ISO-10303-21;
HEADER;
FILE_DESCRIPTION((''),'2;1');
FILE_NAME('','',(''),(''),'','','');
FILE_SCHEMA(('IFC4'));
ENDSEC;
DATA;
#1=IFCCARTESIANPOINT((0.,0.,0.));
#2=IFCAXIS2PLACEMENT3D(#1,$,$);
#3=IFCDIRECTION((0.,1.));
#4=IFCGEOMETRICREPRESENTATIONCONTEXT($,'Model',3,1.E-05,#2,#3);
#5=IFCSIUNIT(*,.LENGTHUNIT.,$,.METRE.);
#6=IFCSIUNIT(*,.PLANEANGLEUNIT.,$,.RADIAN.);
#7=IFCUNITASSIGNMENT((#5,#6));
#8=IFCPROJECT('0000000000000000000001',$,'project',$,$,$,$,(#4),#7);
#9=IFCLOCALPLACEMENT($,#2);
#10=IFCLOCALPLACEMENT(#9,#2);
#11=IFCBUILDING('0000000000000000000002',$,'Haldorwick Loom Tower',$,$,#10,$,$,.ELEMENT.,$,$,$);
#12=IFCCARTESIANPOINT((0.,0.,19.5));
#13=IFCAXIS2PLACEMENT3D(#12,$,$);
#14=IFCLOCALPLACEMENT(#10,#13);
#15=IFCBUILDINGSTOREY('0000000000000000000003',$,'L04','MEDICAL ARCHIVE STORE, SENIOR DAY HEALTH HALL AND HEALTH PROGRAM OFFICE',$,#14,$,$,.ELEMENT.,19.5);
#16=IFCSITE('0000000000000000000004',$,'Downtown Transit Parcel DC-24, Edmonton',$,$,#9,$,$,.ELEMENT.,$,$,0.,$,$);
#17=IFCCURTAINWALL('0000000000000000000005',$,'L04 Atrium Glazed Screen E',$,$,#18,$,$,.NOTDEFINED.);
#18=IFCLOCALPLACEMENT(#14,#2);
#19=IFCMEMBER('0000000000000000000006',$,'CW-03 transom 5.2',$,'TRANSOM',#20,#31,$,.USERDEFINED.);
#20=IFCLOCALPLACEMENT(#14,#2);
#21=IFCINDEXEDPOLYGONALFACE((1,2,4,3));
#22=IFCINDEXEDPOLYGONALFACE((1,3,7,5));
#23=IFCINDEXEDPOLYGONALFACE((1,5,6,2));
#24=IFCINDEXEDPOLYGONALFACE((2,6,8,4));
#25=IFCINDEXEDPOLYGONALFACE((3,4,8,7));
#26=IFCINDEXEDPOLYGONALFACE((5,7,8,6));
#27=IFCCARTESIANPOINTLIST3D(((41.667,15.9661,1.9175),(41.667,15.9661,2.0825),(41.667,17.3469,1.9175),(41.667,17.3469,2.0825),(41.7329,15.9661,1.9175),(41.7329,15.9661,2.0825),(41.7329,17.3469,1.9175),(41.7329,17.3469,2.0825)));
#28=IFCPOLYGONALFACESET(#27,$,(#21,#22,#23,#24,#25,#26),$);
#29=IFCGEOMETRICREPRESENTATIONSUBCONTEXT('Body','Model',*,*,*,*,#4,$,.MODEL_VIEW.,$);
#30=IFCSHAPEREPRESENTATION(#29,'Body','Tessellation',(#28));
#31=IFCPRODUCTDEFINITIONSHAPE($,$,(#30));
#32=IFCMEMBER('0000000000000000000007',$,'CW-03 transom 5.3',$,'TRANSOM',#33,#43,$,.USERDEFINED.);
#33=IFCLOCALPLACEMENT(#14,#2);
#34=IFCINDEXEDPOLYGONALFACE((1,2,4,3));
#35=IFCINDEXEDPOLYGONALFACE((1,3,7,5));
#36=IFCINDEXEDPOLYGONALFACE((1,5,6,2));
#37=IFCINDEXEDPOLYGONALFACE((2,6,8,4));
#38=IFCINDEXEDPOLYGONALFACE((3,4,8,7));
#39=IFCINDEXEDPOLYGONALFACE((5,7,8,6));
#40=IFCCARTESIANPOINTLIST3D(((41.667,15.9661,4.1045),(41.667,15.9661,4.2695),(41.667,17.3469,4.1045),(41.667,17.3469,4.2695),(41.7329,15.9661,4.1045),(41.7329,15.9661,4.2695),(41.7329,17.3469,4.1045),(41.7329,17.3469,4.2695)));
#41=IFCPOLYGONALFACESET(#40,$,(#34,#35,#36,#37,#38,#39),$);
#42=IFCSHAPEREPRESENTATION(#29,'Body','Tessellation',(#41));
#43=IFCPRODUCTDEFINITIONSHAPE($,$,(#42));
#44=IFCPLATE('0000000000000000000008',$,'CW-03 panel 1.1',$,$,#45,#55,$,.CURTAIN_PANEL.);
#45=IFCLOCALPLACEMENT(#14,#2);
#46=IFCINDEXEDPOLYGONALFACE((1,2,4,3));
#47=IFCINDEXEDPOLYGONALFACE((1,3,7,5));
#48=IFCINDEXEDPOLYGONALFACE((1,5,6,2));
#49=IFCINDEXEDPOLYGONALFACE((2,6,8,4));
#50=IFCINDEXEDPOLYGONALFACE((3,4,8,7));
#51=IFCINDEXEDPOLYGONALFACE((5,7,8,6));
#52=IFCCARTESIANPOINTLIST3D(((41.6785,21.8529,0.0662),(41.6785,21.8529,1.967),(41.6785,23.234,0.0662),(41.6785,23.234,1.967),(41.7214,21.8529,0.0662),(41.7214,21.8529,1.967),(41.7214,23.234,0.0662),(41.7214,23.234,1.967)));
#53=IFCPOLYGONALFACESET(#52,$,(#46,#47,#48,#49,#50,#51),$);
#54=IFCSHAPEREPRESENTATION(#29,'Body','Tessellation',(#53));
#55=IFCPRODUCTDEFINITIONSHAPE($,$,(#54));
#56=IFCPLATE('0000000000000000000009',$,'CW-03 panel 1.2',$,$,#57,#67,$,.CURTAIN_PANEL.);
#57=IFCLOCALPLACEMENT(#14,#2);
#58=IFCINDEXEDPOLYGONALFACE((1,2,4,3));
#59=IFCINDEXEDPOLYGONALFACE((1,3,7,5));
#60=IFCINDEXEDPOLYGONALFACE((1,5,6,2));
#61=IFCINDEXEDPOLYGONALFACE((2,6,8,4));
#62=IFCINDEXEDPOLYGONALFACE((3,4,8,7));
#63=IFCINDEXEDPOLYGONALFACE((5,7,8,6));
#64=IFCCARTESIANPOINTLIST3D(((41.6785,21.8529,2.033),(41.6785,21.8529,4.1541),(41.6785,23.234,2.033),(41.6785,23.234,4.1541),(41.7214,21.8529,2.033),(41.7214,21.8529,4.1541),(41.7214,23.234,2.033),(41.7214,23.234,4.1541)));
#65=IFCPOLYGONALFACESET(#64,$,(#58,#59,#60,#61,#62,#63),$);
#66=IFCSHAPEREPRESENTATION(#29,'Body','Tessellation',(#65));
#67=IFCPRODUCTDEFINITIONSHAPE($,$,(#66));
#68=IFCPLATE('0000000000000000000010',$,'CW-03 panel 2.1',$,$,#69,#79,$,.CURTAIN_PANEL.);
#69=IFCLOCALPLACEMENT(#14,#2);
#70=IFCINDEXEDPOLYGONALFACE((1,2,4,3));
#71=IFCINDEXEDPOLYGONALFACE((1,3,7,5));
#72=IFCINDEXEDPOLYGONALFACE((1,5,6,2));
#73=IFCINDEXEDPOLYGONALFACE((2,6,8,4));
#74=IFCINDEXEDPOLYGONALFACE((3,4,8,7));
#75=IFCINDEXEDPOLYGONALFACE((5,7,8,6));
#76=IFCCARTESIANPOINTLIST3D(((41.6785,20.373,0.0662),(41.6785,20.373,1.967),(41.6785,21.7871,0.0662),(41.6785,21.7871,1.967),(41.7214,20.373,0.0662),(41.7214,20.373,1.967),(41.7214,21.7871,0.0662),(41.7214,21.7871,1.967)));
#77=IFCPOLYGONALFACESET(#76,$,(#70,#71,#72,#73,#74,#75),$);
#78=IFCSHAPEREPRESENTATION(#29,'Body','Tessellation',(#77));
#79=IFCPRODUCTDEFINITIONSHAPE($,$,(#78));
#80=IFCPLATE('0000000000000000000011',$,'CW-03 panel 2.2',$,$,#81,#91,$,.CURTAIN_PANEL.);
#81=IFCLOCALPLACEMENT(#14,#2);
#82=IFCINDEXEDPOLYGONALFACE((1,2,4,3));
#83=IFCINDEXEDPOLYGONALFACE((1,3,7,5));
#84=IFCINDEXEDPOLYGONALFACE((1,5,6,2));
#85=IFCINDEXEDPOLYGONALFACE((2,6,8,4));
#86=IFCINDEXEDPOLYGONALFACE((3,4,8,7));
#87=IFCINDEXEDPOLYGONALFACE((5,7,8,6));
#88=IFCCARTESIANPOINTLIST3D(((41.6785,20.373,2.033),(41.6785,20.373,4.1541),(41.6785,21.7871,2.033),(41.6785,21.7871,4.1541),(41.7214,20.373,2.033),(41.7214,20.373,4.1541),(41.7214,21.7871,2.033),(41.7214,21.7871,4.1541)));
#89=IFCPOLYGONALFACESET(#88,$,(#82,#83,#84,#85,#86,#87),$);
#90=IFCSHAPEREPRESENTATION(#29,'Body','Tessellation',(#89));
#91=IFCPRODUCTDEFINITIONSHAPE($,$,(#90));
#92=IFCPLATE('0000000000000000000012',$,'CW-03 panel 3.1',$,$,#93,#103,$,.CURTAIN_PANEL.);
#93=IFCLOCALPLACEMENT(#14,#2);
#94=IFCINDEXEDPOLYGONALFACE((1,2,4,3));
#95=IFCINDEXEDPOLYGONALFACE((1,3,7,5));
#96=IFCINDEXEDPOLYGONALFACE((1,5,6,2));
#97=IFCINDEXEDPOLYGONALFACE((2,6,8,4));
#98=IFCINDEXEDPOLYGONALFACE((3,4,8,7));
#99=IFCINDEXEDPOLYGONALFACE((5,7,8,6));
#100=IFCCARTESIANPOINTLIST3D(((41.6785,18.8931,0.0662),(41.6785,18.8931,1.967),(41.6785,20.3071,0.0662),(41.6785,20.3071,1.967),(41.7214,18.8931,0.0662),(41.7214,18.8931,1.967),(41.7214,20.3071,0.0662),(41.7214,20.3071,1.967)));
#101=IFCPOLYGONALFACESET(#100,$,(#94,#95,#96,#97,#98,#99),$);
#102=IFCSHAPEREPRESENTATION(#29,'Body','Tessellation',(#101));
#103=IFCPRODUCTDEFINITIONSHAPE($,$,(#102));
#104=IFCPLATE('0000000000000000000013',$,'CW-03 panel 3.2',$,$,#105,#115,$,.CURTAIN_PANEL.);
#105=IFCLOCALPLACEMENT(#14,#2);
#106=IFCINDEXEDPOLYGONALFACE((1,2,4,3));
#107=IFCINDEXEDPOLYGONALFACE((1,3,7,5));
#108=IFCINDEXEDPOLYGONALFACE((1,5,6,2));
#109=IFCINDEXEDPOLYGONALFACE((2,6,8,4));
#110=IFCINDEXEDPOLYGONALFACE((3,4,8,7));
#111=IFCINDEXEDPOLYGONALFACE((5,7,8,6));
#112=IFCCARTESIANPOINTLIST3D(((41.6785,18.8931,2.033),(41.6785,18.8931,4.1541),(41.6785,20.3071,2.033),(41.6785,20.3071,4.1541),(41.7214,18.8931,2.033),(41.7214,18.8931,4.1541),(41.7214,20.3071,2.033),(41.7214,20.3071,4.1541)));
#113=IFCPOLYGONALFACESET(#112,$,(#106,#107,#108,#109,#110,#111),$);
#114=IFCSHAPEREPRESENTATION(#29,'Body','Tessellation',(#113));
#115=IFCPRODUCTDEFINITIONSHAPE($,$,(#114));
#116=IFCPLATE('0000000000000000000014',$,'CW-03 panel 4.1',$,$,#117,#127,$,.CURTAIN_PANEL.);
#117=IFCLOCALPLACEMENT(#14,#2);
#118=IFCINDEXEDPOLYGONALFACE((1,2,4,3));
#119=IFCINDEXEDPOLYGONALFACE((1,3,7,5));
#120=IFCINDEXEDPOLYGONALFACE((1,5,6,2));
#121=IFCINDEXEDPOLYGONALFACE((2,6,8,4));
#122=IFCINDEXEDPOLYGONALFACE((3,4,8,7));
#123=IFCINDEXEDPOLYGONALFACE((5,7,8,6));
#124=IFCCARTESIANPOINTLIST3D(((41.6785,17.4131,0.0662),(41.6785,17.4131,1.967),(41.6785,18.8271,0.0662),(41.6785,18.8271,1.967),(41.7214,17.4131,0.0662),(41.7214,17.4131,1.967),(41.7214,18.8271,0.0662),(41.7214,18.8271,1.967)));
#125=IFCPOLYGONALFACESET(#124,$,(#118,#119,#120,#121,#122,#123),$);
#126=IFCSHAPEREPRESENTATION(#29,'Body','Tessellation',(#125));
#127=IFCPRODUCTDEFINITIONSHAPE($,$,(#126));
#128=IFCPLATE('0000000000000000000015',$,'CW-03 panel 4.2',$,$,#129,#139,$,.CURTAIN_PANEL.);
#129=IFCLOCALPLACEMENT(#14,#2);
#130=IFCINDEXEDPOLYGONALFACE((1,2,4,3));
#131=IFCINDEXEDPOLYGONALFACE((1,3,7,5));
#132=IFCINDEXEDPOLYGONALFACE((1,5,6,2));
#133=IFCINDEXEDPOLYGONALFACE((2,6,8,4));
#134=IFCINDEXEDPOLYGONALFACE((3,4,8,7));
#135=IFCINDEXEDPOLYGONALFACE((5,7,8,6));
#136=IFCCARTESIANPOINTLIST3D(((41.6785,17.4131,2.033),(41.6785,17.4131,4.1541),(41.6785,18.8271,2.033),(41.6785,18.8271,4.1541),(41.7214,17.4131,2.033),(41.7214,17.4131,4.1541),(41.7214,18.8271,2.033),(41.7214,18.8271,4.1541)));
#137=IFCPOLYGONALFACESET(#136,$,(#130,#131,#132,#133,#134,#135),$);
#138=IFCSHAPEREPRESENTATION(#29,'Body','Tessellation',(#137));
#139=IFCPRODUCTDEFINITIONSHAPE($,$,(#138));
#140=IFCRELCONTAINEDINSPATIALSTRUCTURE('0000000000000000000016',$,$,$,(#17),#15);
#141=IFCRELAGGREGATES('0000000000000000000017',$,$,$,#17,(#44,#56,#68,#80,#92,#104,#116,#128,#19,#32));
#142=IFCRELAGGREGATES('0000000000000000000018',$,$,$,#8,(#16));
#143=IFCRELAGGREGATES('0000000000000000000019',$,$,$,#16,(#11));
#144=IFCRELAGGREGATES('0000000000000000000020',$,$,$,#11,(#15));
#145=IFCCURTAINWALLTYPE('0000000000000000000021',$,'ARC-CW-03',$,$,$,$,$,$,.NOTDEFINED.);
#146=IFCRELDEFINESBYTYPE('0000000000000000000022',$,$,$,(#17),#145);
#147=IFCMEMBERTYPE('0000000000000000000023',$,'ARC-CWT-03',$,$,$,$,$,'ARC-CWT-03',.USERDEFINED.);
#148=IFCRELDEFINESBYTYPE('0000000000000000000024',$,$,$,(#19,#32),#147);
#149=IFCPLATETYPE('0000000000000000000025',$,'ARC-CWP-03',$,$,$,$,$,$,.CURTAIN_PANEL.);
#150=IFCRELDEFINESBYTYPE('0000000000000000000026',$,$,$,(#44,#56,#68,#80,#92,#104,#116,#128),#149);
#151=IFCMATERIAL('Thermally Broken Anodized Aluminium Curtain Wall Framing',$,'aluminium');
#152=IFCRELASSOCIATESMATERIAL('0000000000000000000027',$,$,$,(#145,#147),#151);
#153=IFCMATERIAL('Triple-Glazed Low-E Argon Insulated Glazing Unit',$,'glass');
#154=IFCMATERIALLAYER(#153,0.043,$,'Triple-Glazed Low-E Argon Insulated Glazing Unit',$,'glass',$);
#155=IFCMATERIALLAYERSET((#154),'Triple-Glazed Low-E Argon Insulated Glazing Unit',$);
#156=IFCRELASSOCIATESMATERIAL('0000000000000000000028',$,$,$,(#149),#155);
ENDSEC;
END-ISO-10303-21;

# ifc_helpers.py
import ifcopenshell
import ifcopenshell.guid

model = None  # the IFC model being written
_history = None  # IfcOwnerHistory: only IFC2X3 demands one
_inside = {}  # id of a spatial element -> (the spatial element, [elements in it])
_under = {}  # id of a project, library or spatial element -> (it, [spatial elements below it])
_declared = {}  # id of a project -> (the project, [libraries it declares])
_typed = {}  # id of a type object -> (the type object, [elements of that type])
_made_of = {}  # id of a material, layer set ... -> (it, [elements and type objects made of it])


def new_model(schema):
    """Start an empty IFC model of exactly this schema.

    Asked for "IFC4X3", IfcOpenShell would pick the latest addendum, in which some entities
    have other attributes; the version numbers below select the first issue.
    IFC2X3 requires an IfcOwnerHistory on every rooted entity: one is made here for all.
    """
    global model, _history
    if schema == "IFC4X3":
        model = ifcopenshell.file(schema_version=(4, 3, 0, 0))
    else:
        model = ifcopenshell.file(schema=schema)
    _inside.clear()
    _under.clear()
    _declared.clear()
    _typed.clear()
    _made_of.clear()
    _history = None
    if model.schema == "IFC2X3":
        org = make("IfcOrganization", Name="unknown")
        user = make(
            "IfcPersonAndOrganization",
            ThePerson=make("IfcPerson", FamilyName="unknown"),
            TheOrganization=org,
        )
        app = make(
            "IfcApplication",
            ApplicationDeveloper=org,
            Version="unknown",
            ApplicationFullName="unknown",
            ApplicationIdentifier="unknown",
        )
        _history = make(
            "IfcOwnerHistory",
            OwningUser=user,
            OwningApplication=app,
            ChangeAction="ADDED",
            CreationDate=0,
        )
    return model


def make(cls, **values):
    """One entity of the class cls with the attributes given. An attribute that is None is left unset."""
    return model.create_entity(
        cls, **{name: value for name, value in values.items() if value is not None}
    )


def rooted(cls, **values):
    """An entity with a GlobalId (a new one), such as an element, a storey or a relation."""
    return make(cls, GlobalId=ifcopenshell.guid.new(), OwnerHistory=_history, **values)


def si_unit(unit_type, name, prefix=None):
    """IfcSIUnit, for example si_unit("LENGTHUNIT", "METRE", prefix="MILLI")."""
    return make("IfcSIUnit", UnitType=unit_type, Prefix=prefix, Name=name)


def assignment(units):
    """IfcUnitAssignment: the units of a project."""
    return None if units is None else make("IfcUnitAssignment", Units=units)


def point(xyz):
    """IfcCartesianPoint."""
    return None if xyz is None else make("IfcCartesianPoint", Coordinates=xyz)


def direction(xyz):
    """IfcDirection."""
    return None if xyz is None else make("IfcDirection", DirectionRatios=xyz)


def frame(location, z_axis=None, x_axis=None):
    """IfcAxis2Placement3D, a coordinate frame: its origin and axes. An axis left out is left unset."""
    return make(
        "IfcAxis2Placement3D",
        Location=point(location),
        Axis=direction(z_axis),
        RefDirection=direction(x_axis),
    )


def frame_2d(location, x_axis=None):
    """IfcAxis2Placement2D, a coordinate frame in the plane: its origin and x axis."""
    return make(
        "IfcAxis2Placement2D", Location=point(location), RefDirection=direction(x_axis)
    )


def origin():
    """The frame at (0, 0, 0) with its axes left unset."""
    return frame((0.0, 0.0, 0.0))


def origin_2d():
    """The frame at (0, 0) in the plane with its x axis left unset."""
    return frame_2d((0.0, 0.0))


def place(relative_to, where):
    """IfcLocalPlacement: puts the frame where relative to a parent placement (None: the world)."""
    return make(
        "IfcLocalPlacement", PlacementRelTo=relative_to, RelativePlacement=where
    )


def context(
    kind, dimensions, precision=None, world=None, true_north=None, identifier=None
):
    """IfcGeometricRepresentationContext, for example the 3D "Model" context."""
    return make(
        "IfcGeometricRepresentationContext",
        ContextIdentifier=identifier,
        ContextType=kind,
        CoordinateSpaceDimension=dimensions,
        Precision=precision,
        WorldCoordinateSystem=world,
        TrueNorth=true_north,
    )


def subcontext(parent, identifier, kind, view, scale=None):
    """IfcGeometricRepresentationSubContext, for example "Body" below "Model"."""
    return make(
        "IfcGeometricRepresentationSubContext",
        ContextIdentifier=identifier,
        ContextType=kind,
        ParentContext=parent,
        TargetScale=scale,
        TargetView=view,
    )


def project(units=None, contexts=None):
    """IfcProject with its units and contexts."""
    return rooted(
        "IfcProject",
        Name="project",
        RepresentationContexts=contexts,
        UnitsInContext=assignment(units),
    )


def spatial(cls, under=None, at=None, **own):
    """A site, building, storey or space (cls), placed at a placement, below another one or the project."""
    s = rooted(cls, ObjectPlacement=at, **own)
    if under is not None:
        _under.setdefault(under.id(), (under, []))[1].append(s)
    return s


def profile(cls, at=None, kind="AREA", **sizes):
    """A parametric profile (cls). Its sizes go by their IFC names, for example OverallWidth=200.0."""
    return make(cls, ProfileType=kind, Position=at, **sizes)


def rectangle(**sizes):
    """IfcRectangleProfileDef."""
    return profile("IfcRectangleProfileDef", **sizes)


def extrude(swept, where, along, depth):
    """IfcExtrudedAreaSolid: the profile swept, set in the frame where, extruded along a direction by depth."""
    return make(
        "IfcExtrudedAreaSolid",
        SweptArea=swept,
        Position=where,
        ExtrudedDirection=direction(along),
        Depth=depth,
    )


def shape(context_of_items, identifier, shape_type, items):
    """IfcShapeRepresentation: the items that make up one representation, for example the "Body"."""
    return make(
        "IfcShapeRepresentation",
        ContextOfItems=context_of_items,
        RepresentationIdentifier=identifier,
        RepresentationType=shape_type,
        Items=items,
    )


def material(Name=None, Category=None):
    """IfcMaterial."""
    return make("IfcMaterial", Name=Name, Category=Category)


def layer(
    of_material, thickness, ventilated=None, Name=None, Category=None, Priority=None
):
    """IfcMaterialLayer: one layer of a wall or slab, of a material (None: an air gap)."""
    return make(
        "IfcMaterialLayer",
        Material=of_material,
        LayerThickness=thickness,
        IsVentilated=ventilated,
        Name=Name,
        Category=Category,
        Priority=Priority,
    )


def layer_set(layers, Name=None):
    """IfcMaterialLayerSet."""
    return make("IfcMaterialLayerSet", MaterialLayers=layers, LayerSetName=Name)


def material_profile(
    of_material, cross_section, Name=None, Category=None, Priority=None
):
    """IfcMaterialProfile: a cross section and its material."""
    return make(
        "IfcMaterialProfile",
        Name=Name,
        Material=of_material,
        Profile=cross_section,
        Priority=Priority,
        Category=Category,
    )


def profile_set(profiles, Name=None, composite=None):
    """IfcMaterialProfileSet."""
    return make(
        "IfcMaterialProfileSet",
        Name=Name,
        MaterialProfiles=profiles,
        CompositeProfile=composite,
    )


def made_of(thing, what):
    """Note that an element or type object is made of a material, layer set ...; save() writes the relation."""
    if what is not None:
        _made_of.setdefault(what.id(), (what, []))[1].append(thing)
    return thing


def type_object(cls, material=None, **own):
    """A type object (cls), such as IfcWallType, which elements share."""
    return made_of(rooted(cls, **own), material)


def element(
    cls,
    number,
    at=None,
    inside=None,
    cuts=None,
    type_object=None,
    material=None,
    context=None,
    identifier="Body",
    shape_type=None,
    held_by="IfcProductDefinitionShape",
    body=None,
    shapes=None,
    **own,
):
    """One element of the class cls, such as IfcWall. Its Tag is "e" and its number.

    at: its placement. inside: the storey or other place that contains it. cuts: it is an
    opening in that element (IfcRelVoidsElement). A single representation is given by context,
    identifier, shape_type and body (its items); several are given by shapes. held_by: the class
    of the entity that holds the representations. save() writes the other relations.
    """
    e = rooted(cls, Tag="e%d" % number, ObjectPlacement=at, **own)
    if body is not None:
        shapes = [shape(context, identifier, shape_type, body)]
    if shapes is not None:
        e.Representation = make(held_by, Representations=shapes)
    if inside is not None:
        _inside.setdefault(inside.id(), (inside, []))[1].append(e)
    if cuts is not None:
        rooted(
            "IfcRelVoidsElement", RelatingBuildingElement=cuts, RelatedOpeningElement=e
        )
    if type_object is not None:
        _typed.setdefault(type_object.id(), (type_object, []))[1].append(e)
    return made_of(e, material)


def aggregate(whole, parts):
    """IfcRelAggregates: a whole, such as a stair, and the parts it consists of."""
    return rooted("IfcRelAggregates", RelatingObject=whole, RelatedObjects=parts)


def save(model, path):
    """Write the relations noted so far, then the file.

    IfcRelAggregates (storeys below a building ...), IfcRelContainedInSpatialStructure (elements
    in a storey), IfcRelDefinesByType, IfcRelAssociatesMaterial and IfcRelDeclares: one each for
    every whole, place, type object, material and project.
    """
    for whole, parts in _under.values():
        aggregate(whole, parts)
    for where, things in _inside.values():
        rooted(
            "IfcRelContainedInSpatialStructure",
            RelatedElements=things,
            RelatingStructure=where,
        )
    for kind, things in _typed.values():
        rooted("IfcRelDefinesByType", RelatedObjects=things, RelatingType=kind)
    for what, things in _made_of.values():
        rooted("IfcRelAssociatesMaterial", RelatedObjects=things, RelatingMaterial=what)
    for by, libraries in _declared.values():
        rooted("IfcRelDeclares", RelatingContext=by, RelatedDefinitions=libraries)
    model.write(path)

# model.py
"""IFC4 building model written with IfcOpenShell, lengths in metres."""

from ifc_helpers import new_model, si_unit, direction, frame, origin, origin_2d, place, context, subcontext, project, spatial, rectangle, extrude, material, layer, layer_set, material_profile, profile_set, type_object, element, aggregate, save


model = new_model("IFC4")

# Units and contexts
model_context = context("Model", 3, precision=1e-05, world=origin(), true_north=direction((0.0, 1.0)))
body_context = subcontext(model_context, "Body", "Model", "MODEL_VIEW")
ifc_project = project(units=[si_unit("LENGTHUNIT", "METRE"), si_unit("PLANEANGLEUNIT", "RADIAN")], contexts=[model_context])

# Site, building, storey
site_placement = place(None, origin())
site = spatial("IfcSite", under=ifc_project, at=site_placement, Name="Downtown Transit Parcel DC-24, Edmonton", CompositionType="ELEMENT", RefElevation=0.0)
building_placement = place(site_placement, origin())
building = spatial("IfcBuilding", under=site, at=building_placement, Name="Haldorwick Loom Tower", CompositionType="ELEMENT")
storey_placement = place(building_placement, frame((0.0, 0.0, 19.5)))
storey = spatial("IfcBuildingStorey", under=building, at=storey_placement, Name="L04", Description="MEDICAL ARCHIVE STORE, SENIOR DAY HEALTH HALL AND HEALTH PROGRAM OFFICE", CompositionType="ELEMENT", Elevation=19.5)

# Curtain wall, members, plates
ifc_material_1 = material(Name="Thermally Broken Anodized Aluminium Curtain Wall Framing", Category="aluminium")
curtain_wall_type = type_object("IfcCurtainWallType", Name="ARC-CW-03", PredefinedType="NOTDEFINED", material=ifc_material_1)
curtain_wall_placement = place(storey_placement, origin())
curtain_wall = element("IfcCurtainWall", 1, at=curtain_wall_placement, inside=storey, type_object=curtain_wall_type, Name="L04 Atrium Glazed Screen E", PredefinedType="NOTDEFINED")
ifc_material_profile_1 = material_profile(ifc_material_1, rectangle(XDim=0.0659, YDim=0.165, at=origin_2d()), Name="ALU_TRN_66X165", Category="aluminium")
ifc_profile_set_1 = profile_set([ifc_material_profile_1], Name="Thermally Broken Anodized Aluminium Curtain Wall Framing")
member_type_1 = type_object("IfcMemberType", Name="ARC-CWT-03", ElementType="ARC-CWT-03", PredefinedType="USERDEFINED", material=ifc_profile_set_1)
member_1_placement = place(storey_placement, frame((41.7, 17.3469, 2.0), z_axis=(0.0, -1.0, 0.0), x_axis=(1.0, 0.0, 0.0)))
member_1 = element("IfcMember", 2, at=member_1_placement, type_object=member_type_1, Name="CW-03 transom 5.2", ObjectType="TRANSOM", PredefinedType="USERDEFINED", context=body_context, shape_type="SweptSolid", body=[
    extrude(rectangle(XDim=0.0659, YDim=0.165, at=origin_2d()), origin(), (0.0, 0.0, 1.0), 1.3809),
])
member_2_placement = place(storey_placement, frame((41.7, 17.3469, 4.187), z_axis=(0.0, -1.0, 0.0), x_axis=(1.0, 0.0, 0.0)))
member_2 = element("IfcMember", 3, at=member_2_placement, type_object=member_type_1, Name="CW-03 transom 5.3", ObjectType="TRANSOM", PredefinedType="USERDEFINED", context=body_context, shape_type="SweptSolid", body=[
    extrude(rectangle(XDim=0.0659, YDim=0.165, at=origin_2d()), origin(), (0.0, 0.0, 1.0), 1.3809),
])
ifc_material_2 = material(Name="Triple-Glazed Low-E Argon Insulated Glazing Unit", Category="glass")
ifc_layer = layer(ifc_material_2, 0.043, Name="Triple-Glazed Low-E Argon Insulated Glazing Unit", Category="glass")
ifc_layer_set = layer_set([ifc_layer], Name="Triple-Glazed Low-E Argon Insulated Glazing Unit")
plate_type = type_object("IfcPlateType", Name="ARC-CWP-03", PredefinedType="CURTAIN_PANEL", material=ifc_layer_set)
plate_1_placement = place(storey_placement, frame((41.7, 22.5435, 0.0662), z_axis=(0.0, 0.0, 1.0), x_axis=(0.0, -1.0, 0.0)))
plate_1 = element("IfcPlate", 4, at=plate_1_placement, type_object=plate_type, Name="CW-03 panel 1.1", PredefinedType="CURTAIN_PANEL", context=body_context, shape_type="SweptSolid", body=[
    extrude(rectangle(XDim=1.3811, YDim=0.043, at=origin_2d()), origin(), (0.0, 0.0, 1.0), 1.9009),
])
plate_2_placement = place(storey_placement, frame((41.7, 22.5435, 2.033), z_axis=(0.0, 0.0, 1.0), x_axis=(0.0, -1.0, 0.0)))
plate_2 = element("IfcPlate", 5, at=plate_2_placement, type_object=plate_type, Name="CW-03 panel 1.2", PredefinedType="CURTAIN_PANEL", context=body_context, shape_type="SweptSolid", body=[
    extrude(rectangle(XDim=1.3811, YDim=0.043, at=origin_2d()), origin(), (0.0, 0.0, 1.0), 2.1211),
])
plate_3_placement = place(storey_placement, frame((41.7, 21.0801, 0.0662), z_axis=(0.0, 0.0, 1.0), x_axis=(0.0, -1.0, 0.0)))
plate_3 = element("IfcPlate", 6, at=plate_3_placement, type_object=plate_type, Name="CW-03 panel 2.1", PredefinedType="CURTAIN_PANEL", context=body_context, shape_type="SweptSolid", body=[
    extrude(rectangle(XDim=1.4141, YDim=0.043, at=origin_2d()), origin(), (0.0, 0.0, 1.0), 1.9009),
])
plate_4_placement = place(storey_placement, frame((41.7, 21.0801, 2.033), z_axis=(0.0, 0.0, 1.0), x_axis=(0.0, -1.0, 0.0)))
plate_4 = element("IfcPlate", 7, at=plate_4_placement, type_object=plate_type, Name="CW-03 panel 2.2", PredefinedType="CURTAIN_PANEL", context=body_context, shape_type="SweptSolid", body=[
    extrude(rectangle(XDim=1.4141, YDim=0.043, at=origin_2d()), origin(), (0.0, 0.0, 1.0), 2.1211),
])
plate_5_placement = place(storey_placement, frame((41.7, 19.6001, 0.0662), z_axis=(0.0, 0.0, 1.0), x_axis=(0.0, -1.0, 0.0)))
plate_5 = element("IfcPlate", 8, at=plate_5_placement, type_object=plate_type, Name="CW-03 panel 3.1", PredefinedType="CURTAIN_PANEL", context=body_context, shape_type="SweptSolid", body=[
    extrude(rectangle(XDim=1.4141, YDim=0.043, at=origin_2d()), origin(), (0.0, 0.0, 1.0), 1.9009),
])
plate_6_placement = place(storey_placement, frame((41.7, 19.6001, 2.033), z_axis=(0.0, 0.0, 1.0), x_axis=(0.0, -1.0, 0.0)))
plate_6 = element("IfcPlate", 9, at=plate_6_placement, type_object=plate_type, Name="CW-03 panel 3.2", PredefinedType="CURTAIN_PANEL", context=body_context, shape_type="SweptSolid", body=[
    extrude(rectangle(XDim=1.4141, YDim=0.043, at=origin_2d()), origin(), (0.0, 0.0, 1.0), 2.1211),
])
plate_7_placement = place(storey_placement, frame((41.7, 18.1201, 0.0662), z_axis=(0.0, 0.0, 1.0), x_axis=(0.0, -1.0, 0.0)))
plate_7 = element("IfcPlate", 10, at=plate_7_placement, type_object=plate_type, Name="CW-03 panel 4.1", PredefinedType="CURTAIN_PANEL", context=body_context, shape_type="SweptSolid", body=[
    extrude(rectangle(XDim=1.4141, YDim=0.043, at=origin_2d()), origin(), (0.0, 0.0, 1.0), 1.9009),
])
plate_8_placement = place(storey_placement, frame((41.7, 18.1201, 2.033), z_axis=(0.0, 0.0, 1.0), x_axis=(0.0, -1.0, 0.0)))
plate_8 = element("IfcPlate", 11, at=plate_8_placement, type_object=plate_type, Name="CW-03 panel 4.2", PredefinedType="CURTAIN_PANEL", context=body_context, shape_type="SweptSolid", body=[
    extrude(rectangle(XDim=1.4141, YDim=0.043, at=origin_2d()), origin(), (0.0, 0.0, 1.0), 2.1211),
])
aggregate(curtain_wall, [plate_1, plate_2, plate_3, plate_4, plate_5, plate_6, plate_7, plate_8, member_1, member_2])

save(model, "model.ifc")
